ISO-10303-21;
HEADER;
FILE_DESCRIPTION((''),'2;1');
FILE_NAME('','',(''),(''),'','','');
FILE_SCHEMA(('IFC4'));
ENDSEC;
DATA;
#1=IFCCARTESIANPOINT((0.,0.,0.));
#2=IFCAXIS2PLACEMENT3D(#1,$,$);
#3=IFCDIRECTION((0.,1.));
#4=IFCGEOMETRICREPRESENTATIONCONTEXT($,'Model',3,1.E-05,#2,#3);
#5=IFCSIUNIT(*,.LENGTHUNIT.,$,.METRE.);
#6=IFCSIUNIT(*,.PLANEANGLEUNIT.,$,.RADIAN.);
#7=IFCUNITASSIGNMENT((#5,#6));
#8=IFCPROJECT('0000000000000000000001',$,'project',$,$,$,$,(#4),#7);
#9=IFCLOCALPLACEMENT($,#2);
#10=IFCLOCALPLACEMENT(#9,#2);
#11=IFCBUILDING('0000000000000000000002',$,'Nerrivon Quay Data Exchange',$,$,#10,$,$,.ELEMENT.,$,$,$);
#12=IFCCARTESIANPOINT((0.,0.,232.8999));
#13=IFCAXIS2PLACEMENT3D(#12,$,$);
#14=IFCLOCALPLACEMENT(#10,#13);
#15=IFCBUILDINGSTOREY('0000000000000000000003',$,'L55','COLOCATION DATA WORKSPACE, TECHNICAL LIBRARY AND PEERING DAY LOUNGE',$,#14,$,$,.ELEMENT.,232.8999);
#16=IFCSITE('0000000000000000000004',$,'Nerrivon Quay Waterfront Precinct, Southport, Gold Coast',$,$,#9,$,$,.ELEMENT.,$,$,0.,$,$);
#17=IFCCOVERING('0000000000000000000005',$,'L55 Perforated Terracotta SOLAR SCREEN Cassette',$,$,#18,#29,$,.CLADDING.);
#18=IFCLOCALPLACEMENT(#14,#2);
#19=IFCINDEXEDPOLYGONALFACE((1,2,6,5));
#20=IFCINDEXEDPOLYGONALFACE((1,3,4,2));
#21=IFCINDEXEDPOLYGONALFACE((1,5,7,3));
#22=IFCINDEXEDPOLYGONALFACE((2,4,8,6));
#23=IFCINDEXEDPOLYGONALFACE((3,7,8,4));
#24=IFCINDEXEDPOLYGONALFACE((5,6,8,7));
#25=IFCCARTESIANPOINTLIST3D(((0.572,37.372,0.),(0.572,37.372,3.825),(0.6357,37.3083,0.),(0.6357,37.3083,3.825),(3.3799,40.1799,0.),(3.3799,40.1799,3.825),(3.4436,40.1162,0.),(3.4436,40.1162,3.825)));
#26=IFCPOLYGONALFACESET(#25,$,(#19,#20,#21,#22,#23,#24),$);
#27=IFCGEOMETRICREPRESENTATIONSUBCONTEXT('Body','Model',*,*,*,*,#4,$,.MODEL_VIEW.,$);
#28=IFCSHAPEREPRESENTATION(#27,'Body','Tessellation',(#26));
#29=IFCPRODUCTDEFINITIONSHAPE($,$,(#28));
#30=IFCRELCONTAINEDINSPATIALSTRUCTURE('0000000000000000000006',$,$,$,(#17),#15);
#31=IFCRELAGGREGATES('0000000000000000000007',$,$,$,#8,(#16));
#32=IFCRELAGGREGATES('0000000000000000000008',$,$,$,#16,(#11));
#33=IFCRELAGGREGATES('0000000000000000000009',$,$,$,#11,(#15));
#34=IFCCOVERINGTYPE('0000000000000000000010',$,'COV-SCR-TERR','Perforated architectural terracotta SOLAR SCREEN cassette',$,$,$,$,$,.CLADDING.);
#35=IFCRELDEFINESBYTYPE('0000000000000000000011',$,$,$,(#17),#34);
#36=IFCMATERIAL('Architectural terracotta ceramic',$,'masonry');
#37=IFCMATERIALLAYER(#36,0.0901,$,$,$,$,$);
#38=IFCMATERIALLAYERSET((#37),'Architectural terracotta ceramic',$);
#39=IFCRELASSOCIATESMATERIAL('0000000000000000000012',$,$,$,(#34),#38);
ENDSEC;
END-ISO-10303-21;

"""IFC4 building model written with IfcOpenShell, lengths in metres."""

from ifc_helpers import new_model, si_unit, direction, frame, origin, origin_2d, place, context, subcontext, project, spatial, rectangle, extrude, material, layer, layer_set, type_object, element, save


model = new_model("IFC4")

# Units and contexts
model_context = context("Model", 3, precision=1e-05, world=origin(), true_north=direction((0.0, 1.0)))
body_context = subcontext(model_context, "Body", "Model", "MODEL_VIEW")
ifc_project = project(units=[si_unit("LENGTHUNIT", "METRE"), si_unit("PLANEANGLEUNIT", "RADIAN")], contexts=[model_context])

# Site, building, storey
site_placement = place(None, origin())
site = spatial("IfcSite", under=ifc_project, at=site_placement, Name="Nerrivon Quay Waterfront Precinct, Southport, Gold Coast", CompositionType="ELEMENT", RefElevation=0.0)
building_placement = place(site_placement, origin())
building = spatial("IfcBuilding", under=site, at=building_placement, Name="Nerrivon Quay Data Exchange", CompositionType="ELEMENT")
storey_placement = place(building_placement, frame((0.0, 0.0, 232.8999)))
storey = spatial("IfcBuildingStorey", under=building, at=storey_placement, Name="L55", Description="COLOCATION DATA WORKSPACE, TECHNICAL LIBRARY AND PEERING DAY LOUNGE", CompositionType="ELEMENT", Elevation=232.8999)

# Covering
ifc_material_1 = material(Name="Architectural terracotta ceramic", Category="masonry")
ifc_layer_1 = layer(ifc_material_1, 0.0901)
ifc_layer_set_1 = layer_set([ifc_layer_1], Name="Architectural terracotta ceramic")
covering_type = type_object("IfcCoveringType", Name="COV-SCR-TERR", Description="Perforated architectural terracotta SOLAR SCREEN cassette", PredefinedType="CLADDING", material=ifc_layer_set_1)
covering_placement = place(storey_placement, frame((2.0078, 38.7441, 0.0), z_axis=(0.0, 0.0, 1.0), x_axis=(0.707107, 0.707107, 0.0)))
element("IfcCovering", 1, at=covering_placement, inside=storey, type_object=covering_type, Name="L55 Perforated Terracotta SOLAR SCREEN Cassette", PredefinedType="CLADDING", context=body_context, shape_type="SweptSolid", body=[
    extrude(rectangle(XDim=3.9709, YDim=0.0901, at=origin_2d()), origin(), (0.0, 0.0, 1.0), 3.825),
])

save(model, "model.ifc")
